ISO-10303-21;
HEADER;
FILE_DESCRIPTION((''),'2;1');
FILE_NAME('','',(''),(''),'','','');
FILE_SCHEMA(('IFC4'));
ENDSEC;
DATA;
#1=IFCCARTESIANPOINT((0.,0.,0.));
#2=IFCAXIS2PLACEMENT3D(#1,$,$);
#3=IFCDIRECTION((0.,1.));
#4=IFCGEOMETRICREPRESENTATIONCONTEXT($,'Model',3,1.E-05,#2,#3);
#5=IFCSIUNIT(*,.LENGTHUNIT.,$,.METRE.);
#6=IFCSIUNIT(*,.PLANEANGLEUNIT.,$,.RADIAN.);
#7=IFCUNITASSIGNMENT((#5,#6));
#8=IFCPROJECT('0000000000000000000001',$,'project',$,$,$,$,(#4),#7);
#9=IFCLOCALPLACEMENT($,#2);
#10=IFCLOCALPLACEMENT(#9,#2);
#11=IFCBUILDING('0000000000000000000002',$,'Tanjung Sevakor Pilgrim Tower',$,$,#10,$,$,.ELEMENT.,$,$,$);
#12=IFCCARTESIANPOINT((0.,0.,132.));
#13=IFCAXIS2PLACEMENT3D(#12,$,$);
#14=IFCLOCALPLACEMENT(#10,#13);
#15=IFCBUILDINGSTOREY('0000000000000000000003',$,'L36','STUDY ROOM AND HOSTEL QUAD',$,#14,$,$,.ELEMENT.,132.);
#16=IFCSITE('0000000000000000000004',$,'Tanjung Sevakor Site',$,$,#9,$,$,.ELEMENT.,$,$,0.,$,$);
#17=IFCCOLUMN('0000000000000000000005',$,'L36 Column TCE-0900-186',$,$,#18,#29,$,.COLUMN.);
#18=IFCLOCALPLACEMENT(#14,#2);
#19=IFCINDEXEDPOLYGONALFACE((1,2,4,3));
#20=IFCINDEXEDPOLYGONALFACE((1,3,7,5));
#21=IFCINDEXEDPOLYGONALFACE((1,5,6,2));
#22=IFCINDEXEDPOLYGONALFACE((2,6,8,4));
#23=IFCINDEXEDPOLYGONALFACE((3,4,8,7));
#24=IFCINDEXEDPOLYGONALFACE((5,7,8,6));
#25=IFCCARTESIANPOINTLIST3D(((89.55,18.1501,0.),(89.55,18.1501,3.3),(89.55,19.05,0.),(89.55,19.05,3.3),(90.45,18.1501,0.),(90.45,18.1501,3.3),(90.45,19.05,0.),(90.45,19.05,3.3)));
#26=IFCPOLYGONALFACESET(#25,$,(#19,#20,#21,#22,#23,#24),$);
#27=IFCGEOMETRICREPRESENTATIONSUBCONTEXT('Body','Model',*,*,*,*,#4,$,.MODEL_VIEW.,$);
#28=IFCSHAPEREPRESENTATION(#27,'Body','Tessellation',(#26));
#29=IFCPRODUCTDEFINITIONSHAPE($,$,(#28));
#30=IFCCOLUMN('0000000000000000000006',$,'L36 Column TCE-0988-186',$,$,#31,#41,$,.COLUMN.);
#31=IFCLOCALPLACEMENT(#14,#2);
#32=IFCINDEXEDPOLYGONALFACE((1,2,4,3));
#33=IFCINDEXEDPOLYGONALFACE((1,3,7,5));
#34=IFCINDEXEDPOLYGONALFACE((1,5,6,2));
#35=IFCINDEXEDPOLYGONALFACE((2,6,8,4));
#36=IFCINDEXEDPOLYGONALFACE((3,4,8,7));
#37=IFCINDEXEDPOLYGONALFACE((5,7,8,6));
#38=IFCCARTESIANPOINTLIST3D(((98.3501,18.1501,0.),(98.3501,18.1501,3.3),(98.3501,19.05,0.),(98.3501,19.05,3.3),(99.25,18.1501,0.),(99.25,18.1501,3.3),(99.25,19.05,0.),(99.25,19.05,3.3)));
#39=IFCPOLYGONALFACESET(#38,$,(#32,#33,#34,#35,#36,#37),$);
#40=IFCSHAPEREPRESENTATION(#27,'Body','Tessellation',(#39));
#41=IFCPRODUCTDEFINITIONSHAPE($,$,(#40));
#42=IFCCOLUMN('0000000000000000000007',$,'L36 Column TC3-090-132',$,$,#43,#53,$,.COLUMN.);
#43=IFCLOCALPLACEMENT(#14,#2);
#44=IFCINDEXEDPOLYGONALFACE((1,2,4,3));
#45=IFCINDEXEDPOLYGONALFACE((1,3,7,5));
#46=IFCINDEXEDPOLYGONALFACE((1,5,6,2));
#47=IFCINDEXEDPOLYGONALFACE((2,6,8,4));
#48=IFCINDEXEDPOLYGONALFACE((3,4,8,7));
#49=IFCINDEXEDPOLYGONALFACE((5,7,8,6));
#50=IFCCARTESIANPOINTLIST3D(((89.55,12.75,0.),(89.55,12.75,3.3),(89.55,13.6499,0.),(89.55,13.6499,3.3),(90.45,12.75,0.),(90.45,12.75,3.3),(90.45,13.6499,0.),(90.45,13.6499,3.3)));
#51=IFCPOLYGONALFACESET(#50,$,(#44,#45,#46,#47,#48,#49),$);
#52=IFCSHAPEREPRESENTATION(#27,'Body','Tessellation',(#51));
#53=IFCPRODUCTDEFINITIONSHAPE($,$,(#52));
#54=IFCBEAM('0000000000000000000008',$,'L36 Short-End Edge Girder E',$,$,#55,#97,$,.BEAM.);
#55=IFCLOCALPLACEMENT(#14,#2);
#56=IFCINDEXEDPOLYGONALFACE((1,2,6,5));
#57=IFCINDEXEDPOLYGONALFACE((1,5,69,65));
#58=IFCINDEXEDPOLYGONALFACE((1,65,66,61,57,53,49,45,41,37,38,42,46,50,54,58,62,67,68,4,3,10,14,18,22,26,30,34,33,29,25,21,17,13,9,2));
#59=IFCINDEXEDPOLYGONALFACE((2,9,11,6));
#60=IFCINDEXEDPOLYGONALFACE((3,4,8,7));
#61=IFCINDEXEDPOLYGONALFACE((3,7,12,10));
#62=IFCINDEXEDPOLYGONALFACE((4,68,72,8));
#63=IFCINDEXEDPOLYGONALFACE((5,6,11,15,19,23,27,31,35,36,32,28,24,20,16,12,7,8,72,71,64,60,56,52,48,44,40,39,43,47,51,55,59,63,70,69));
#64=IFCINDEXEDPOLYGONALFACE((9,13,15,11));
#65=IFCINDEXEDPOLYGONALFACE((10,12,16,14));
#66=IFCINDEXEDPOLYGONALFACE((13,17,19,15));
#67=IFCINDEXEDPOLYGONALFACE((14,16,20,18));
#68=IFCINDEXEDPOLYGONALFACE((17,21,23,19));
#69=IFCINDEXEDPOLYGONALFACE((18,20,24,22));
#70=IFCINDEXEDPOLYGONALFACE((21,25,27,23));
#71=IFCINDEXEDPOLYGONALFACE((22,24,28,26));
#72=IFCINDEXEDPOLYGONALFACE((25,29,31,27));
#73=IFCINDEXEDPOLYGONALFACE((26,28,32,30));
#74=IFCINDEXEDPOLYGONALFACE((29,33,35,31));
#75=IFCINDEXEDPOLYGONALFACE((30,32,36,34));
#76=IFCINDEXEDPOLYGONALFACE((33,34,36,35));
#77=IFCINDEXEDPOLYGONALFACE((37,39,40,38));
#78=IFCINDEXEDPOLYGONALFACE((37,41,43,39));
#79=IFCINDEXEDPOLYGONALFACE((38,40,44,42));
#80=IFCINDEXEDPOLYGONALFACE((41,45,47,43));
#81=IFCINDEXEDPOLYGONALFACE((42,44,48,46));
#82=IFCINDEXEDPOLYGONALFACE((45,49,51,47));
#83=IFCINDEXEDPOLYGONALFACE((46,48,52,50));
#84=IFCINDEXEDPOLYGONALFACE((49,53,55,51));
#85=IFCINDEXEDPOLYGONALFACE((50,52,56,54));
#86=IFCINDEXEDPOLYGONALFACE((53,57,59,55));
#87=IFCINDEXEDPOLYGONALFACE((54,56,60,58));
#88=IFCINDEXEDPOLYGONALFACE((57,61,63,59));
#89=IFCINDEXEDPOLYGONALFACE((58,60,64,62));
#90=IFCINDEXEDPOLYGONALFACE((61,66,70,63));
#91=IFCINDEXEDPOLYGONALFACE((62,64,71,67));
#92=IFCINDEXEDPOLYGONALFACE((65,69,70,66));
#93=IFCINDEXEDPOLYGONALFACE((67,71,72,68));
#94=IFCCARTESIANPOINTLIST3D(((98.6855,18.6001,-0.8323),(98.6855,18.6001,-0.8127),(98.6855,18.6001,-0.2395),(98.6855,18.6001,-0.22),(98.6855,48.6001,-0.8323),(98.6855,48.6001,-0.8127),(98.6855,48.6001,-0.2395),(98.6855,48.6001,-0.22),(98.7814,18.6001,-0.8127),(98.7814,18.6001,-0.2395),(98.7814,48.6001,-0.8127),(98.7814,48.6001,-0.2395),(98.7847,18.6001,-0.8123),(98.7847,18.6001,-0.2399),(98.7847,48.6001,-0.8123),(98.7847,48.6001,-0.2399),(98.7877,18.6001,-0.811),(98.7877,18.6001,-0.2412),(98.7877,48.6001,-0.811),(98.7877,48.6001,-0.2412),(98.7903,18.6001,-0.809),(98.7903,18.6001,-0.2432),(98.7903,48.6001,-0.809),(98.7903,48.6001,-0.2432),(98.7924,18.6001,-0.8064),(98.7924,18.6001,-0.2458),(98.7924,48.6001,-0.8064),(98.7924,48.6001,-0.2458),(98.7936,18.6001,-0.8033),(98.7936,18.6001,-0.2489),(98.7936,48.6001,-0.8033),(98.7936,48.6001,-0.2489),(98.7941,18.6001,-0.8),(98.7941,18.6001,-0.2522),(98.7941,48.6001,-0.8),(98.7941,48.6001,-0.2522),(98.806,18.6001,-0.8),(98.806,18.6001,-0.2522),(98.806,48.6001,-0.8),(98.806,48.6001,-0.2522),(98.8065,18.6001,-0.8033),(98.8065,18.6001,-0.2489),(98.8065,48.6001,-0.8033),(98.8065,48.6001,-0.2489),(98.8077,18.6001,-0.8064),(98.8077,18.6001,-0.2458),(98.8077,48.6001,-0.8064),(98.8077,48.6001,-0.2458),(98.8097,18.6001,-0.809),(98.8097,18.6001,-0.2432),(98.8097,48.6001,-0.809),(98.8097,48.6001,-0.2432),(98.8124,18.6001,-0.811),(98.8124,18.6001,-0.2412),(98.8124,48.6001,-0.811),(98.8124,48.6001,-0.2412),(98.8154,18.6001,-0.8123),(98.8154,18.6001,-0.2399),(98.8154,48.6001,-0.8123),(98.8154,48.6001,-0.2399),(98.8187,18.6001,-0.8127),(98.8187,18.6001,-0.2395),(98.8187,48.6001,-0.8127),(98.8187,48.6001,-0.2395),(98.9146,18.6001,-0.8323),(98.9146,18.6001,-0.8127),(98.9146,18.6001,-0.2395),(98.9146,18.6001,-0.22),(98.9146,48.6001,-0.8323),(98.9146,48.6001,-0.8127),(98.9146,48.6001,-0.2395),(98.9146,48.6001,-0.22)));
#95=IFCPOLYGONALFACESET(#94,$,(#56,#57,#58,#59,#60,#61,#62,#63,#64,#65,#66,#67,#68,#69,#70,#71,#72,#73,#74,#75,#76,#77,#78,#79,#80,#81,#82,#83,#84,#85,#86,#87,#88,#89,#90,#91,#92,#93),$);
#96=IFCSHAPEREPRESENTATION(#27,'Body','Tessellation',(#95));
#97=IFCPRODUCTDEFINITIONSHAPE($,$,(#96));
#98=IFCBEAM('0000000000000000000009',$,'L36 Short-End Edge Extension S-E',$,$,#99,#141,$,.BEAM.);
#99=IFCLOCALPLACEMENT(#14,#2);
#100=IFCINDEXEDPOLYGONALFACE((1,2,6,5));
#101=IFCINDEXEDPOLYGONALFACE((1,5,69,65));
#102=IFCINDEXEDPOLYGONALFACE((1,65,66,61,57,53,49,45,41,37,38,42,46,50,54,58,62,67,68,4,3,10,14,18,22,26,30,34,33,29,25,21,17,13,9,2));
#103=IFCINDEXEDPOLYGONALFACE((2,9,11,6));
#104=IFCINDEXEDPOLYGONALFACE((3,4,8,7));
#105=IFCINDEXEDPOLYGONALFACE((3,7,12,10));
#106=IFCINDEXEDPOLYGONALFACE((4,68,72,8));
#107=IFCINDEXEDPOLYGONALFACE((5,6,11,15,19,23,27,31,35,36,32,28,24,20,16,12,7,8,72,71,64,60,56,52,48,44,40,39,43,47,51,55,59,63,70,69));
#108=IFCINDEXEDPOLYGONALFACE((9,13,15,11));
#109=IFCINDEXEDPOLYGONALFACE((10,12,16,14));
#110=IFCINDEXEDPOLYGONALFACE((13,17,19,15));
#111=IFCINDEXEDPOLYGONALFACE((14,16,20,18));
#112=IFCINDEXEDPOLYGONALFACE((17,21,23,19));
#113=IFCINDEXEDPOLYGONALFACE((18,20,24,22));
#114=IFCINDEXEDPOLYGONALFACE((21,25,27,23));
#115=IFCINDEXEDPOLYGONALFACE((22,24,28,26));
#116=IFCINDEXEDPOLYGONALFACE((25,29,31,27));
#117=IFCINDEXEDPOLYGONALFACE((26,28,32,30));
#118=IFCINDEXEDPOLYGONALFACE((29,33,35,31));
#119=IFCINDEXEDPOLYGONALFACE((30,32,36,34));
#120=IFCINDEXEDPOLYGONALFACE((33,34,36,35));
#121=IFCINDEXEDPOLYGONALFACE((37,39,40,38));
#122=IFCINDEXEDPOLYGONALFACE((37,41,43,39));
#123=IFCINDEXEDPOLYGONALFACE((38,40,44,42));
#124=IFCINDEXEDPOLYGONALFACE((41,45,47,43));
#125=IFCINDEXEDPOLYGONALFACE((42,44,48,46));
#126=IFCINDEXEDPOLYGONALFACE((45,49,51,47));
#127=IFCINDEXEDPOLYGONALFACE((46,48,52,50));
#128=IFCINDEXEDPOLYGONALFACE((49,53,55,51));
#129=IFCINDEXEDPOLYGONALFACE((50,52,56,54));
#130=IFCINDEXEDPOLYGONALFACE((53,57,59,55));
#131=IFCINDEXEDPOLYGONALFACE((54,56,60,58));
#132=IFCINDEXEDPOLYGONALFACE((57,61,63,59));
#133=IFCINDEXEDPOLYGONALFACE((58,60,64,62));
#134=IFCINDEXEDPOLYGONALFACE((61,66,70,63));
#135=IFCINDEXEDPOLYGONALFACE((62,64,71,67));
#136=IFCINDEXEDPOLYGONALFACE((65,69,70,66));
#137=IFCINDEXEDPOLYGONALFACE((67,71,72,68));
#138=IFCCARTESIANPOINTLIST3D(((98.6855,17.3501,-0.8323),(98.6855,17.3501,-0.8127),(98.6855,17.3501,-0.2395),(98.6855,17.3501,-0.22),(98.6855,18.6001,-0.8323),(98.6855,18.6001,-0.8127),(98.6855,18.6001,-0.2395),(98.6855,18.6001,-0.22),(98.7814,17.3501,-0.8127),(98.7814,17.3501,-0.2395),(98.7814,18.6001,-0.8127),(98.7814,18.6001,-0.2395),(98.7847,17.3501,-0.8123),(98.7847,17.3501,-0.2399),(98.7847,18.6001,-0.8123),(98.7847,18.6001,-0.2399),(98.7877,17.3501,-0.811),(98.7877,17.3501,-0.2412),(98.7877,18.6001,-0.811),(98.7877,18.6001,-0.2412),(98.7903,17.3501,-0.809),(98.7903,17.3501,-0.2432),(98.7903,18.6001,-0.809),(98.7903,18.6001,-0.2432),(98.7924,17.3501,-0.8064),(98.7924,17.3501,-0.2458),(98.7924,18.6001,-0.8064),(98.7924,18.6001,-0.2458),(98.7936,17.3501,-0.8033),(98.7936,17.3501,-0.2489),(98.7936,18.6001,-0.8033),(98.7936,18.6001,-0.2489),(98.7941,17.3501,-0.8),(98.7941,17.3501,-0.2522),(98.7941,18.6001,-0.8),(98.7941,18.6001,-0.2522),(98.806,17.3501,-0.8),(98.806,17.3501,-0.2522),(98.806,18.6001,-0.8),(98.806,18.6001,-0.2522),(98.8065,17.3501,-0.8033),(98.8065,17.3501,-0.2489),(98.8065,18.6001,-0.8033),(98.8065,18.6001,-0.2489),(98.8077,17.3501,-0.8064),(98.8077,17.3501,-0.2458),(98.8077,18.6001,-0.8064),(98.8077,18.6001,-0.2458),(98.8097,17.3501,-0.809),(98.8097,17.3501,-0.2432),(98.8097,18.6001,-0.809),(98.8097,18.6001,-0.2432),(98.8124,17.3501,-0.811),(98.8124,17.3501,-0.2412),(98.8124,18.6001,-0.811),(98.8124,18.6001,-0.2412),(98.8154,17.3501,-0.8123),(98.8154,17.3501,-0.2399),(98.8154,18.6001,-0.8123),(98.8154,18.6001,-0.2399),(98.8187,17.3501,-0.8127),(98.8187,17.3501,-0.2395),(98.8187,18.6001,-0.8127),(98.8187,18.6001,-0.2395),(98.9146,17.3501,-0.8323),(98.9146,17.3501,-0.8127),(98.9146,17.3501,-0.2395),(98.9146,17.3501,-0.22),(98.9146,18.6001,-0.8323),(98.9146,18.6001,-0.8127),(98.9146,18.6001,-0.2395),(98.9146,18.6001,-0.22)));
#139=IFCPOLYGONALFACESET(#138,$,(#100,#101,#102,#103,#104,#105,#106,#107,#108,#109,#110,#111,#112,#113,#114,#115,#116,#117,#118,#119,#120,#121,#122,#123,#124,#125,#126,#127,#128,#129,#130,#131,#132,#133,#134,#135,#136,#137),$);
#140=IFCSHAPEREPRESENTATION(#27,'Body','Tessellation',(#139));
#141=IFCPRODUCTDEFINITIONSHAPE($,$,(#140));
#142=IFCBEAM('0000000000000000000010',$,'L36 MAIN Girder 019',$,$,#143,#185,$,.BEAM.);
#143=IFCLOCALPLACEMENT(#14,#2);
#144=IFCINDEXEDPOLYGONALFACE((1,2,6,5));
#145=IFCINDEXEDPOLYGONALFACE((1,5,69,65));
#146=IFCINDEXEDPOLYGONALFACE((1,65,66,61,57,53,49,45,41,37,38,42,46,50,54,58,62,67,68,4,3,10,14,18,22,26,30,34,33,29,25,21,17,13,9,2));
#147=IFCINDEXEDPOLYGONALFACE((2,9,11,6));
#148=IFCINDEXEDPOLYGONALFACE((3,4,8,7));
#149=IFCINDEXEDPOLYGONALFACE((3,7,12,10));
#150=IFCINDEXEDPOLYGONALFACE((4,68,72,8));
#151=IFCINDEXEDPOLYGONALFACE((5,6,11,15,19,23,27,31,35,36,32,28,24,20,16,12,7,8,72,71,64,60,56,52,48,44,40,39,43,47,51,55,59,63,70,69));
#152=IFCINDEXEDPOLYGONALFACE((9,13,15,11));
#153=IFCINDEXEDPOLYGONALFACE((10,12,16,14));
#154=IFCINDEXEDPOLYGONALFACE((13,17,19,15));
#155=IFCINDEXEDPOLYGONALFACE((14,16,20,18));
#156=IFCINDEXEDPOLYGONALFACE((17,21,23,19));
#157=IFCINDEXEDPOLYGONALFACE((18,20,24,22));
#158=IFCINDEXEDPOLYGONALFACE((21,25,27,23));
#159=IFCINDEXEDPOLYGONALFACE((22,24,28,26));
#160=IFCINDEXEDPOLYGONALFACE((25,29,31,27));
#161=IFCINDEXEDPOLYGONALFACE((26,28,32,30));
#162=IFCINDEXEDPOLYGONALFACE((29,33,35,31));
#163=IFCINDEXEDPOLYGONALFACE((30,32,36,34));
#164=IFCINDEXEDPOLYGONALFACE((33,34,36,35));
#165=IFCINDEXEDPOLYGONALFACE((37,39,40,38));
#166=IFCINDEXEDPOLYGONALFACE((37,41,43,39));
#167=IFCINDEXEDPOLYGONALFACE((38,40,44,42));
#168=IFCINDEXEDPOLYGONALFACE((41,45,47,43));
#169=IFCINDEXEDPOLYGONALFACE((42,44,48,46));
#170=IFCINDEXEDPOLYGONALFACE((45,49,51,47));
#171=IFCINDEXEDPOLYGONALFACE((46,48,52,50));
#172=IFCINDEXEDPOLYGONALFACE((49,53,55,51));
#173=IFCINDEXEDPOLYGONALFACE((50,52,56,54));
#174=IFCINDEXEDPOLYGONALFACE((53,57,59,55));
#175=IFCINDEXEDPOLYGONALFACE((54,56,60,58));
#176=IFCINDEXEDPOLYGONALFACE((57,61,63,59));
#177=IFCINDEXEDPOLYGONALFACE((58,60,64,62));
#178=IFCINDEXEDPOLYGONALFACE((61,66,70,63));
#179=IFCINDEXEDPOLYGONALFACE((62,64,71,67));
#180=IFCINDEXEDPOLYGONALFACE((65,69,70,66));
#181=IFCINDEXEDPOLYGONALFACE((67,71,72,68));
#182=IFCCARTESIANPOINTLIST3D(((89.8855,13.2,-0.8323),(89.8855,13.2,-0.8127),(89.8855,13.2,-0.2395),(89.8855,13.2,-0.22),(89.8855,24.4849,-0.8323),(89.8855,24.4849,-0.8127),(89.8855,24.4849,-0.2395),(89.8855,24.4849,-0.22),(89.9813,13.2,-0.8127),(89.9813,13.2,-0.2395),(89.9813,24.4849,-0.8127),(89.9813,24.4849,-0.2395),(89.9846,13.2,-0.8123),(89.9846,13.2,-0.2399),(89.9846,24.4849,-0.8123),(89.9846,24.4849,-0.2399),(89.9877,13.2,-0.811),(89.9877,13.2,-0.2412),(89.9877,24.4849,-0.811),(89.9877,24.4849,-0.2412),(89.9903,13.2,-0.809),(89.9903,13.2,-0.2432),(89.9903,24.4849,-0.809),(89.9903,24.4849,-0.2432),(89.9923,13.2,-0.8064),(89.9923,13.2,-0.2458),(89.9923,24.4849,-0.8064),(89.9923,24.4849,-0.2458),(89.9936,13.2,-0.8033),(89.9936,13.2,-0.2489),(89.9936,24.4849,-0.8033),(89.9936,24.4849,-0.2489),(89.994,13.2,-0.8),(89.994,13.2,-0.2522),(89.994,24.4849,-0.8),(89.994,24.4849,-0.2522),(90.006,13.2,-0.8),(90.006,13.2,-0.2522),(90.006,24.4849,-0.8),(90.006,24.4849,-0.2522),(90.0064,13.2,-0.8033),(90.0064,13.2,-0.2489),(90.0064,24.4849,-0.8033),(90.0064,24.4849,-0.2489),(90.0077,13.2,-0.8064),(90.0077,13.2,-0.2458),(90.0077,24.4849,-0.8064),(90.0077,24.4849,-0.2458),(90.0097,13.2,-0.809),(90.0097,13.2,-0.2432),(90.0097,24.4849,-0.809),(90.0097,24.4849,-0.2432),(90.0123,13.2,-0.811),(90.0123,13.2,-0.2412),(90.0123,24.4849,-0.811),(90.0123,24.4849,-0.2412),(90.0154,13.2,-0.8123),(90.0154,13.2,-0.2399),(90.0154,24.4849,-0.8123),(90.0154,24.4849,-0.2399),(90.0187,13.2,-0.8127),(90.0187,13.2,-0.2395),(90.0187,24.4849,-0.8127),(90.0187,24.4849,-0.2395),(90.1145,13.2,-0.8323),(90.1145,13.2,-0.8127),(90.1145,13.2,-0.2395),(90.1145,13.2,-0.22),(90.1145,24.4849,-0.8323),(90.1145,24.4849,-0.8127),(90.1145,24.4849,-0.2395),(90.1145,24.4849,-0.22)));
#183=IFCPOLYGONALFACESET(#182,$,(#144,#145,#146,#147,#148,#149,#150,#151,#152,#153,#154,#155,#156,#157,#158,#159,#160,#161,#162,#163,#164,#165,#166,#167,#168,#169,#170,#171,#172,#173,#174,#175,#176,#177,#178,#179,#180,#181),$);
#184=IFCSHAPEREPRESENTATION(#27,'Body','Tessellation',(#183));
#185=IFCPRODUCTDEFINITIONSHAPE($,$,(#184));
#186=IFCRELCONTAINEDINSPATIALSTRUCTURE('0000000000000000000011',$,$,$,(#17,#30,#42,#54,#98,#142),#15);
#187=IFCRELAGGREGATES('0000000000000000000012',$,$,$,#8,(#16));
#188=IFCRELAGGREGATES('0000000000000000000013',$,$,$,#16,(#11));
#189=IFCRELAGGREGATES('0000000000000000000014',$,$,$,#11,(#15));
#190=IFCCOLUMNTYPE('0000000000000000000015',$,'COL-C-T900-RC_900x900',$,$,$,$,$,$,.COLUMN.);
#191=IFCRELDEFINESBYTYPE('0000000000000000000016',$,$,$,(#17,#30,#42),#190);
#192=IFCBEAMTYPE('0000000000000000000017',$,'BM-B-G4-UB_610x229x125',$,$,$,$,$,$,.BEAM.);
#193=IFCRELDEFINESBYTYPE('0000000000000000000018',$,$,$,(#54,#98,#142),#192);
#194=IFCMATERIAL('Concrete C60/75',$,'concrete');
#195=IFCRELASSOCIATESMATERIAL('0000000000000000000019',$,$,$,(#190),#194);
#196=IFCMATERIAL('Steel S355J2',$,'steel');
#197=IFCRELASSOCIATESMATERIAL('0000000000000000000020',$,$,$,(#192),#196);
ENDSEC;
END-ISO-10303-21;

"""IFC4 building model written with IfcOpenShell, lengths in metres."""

from ifc_helpers import new_model, si_unit, direction, frame, origin, origin_2d, place, context, subcontext, project, spatial, rectangle, i_section, extrude, material, material_profile, profile_set, type_object, element, save


model = new_model("IFC4")

# Units and contexts
model_context = context("Model", 3, precision=1e-05, world=origin(), true_north=direction((0.0, 1.0)))
body_context = subcontext(model_context, "Body", "Model", "MODEL_VIEW")
ifc_project = project(units=[si_unit("LENGTHUNIT", "METRE"), si_unit("PLANEANGLEUNIT", "RADIAN")], contexts=[model_context])

# Site, building, storey
site_placement = place(None, origin())
site = spatial("IfcSite", under=ifc_project, at=site_placement, Name="Tanjung Sevakor Site", CompositionType="ELEMENT", RefElevation=0.0)
building_placement = place(site_placement, origin())
building = spatial("IfcBuilding", under=site, at=building_placement, Name="Tanjung Sevakor Pilgrim Tower", CompositionType="ELEMENT")
storey_placement = place(building_placement, frame((0.0, 0.0, 132.0)))
storey = spatial("IfcBuildingStorey", under=building, at=storey_placement, Name="L36", Description="STUDY ROOM AND HOSTEL QUAD", CompositionType="ELEMENT", Elevation=132.0)

# Columns
ifc_material_1 = material(Name="Concrete C60/75", Category="concrete")
ifc_material_profile_1 = material_profile(ifc_material_1, rectangle(XDim=0.8999, YDim=0.8999, at=origin_2d()))
ifc_profile_set_1 = profile_set([ifc_material_profile_1], Name="Concrete C60/75")
column_type = type_object("IfcColumnType", Name="COL-C-T900-RC_900x900", PredefinedType="COLUMN", material=ifc_profile_set_1)
for number, where, z_axis, x_axis, name in (
    (1, (90.0, 18.6001, 0.0), (0.0, 0.0, 1.0), (1.0, 0.0, 0.0), "L36 Column TCE-0900-186"),
    (2, (98.8, 18.6001, 0.0), (0.0, 0.0, 1.0), (1.0, 0.0, 0.0), "L36 Column TCE-0988-186"),
    (3, (90.0, 13.2, 0.0), (0.0, 0.0, 1.0), (1.0, 0.0, 0.0), "L36 Column TC3-090-132"),
):
    element("IfcColumn", number, at=place(storey_placement, frame(where, z_axis=z_axis, x_axis=x_axis)), inside=storey, type_object=column_type, Name=name, PredefinedType="COLUMN", context=body_context, shape_type="SweptSolid", body=[
        extrude(rectangle(XDim=0.8999, YDim=0.8999, at=origin_2d()), origin(), (0.0, 0.0, 1.0), 3.3),
    ])

# Beams
ifc_material_2 = material(Name="Steel S355J2", Category="steel")
ifc_material_profile_2 = material_profile(ifc_material_2, i_section(OverallWidth=0.229, OverallDepth=0.6123, WebThickness=0.012, FlangeThickness=0.0195, FilletRadius=0.0127, at=origin_2d()))
ifc_profile_set_2 = profile_set([ifc_material_profile_2], Name="Steel S355J2")
beam_type_1 = type_object("IfcBeamType", Name="BM-B-G4-UB_610x229x125", PredefinedType="BEAM", material=ifc_profile_set_2)
beam_1_placement = place(storey_placement, frame((98.8, 18.6001, -0.5261), z_axis=(0.0, 1.0, 0.0), x_axis=(-1.0, 0.0, 0.0)))
element("IfcBeam", 4, at=beam_1_placement, inside=storey, type_object=beam_type_1, Name="L36 Short-End Edge Girder E", PredefinedType="BEAM", context=body_context, shape_type="SweptSolid", body=[
    extrude(i_section(OverallWidth=0.229, OverallDepth=0.6123, WebThickness=0.012, FlangeThickness=0.0195, FilletRadius=0.0127, at=origin_2d()), origin(), (0.0, 0.0, 1.0), 30.0),
])
beam_2_placement = place(storey_placement, frame((98.8, 18.6001, -0.5261), z_axis=(0.0, -1.0, 0.0), x_axis=(1.0, 0.0, 0.0)))
element("IfcBeam", 5, at=beam_2_placement, inside=storey, type_object=beam_type_1, Name="L36 Short-End Edge Extension S-E", PredefinedType="BEAM", context=body_context, shape_type="SweptSolid", body=[
    extrude(i_section(OverallWidth=0.229, OverallDepth=0.6123, WebThickness=0.012, FlangeThickness=0.0195, FilletRadius=0.0127, at=origin_2d()), origin(), (0.0, 0.0, 1.0), 1.25),
])
beam_3_placement = place(storey_placement, frame((90.0, 13.2, -0.5261), z_axis=(0.0, 1.0, 0.0), x_axis=(-1.0, 0.0, 0.0)))
element("IfcBeam", 6, at=beam_3_placement, inside=storey, type_object=beam_type_1, Name="L36 MAIN Girder 019", PredefinedType="BEAM", context=body_context, shape_type="SweptSolid", body=[
    extrude(i_section(OverallWidth=0.229, OverallDepth=0.6123, WebThickness=0.012, FlangeThickness=0.0195, FilletRadius=0.0127, at=origin_2d()), origin(), (0.0, 0.0, 1.0), 11.2849),
])

save(model, "model.ifc")
